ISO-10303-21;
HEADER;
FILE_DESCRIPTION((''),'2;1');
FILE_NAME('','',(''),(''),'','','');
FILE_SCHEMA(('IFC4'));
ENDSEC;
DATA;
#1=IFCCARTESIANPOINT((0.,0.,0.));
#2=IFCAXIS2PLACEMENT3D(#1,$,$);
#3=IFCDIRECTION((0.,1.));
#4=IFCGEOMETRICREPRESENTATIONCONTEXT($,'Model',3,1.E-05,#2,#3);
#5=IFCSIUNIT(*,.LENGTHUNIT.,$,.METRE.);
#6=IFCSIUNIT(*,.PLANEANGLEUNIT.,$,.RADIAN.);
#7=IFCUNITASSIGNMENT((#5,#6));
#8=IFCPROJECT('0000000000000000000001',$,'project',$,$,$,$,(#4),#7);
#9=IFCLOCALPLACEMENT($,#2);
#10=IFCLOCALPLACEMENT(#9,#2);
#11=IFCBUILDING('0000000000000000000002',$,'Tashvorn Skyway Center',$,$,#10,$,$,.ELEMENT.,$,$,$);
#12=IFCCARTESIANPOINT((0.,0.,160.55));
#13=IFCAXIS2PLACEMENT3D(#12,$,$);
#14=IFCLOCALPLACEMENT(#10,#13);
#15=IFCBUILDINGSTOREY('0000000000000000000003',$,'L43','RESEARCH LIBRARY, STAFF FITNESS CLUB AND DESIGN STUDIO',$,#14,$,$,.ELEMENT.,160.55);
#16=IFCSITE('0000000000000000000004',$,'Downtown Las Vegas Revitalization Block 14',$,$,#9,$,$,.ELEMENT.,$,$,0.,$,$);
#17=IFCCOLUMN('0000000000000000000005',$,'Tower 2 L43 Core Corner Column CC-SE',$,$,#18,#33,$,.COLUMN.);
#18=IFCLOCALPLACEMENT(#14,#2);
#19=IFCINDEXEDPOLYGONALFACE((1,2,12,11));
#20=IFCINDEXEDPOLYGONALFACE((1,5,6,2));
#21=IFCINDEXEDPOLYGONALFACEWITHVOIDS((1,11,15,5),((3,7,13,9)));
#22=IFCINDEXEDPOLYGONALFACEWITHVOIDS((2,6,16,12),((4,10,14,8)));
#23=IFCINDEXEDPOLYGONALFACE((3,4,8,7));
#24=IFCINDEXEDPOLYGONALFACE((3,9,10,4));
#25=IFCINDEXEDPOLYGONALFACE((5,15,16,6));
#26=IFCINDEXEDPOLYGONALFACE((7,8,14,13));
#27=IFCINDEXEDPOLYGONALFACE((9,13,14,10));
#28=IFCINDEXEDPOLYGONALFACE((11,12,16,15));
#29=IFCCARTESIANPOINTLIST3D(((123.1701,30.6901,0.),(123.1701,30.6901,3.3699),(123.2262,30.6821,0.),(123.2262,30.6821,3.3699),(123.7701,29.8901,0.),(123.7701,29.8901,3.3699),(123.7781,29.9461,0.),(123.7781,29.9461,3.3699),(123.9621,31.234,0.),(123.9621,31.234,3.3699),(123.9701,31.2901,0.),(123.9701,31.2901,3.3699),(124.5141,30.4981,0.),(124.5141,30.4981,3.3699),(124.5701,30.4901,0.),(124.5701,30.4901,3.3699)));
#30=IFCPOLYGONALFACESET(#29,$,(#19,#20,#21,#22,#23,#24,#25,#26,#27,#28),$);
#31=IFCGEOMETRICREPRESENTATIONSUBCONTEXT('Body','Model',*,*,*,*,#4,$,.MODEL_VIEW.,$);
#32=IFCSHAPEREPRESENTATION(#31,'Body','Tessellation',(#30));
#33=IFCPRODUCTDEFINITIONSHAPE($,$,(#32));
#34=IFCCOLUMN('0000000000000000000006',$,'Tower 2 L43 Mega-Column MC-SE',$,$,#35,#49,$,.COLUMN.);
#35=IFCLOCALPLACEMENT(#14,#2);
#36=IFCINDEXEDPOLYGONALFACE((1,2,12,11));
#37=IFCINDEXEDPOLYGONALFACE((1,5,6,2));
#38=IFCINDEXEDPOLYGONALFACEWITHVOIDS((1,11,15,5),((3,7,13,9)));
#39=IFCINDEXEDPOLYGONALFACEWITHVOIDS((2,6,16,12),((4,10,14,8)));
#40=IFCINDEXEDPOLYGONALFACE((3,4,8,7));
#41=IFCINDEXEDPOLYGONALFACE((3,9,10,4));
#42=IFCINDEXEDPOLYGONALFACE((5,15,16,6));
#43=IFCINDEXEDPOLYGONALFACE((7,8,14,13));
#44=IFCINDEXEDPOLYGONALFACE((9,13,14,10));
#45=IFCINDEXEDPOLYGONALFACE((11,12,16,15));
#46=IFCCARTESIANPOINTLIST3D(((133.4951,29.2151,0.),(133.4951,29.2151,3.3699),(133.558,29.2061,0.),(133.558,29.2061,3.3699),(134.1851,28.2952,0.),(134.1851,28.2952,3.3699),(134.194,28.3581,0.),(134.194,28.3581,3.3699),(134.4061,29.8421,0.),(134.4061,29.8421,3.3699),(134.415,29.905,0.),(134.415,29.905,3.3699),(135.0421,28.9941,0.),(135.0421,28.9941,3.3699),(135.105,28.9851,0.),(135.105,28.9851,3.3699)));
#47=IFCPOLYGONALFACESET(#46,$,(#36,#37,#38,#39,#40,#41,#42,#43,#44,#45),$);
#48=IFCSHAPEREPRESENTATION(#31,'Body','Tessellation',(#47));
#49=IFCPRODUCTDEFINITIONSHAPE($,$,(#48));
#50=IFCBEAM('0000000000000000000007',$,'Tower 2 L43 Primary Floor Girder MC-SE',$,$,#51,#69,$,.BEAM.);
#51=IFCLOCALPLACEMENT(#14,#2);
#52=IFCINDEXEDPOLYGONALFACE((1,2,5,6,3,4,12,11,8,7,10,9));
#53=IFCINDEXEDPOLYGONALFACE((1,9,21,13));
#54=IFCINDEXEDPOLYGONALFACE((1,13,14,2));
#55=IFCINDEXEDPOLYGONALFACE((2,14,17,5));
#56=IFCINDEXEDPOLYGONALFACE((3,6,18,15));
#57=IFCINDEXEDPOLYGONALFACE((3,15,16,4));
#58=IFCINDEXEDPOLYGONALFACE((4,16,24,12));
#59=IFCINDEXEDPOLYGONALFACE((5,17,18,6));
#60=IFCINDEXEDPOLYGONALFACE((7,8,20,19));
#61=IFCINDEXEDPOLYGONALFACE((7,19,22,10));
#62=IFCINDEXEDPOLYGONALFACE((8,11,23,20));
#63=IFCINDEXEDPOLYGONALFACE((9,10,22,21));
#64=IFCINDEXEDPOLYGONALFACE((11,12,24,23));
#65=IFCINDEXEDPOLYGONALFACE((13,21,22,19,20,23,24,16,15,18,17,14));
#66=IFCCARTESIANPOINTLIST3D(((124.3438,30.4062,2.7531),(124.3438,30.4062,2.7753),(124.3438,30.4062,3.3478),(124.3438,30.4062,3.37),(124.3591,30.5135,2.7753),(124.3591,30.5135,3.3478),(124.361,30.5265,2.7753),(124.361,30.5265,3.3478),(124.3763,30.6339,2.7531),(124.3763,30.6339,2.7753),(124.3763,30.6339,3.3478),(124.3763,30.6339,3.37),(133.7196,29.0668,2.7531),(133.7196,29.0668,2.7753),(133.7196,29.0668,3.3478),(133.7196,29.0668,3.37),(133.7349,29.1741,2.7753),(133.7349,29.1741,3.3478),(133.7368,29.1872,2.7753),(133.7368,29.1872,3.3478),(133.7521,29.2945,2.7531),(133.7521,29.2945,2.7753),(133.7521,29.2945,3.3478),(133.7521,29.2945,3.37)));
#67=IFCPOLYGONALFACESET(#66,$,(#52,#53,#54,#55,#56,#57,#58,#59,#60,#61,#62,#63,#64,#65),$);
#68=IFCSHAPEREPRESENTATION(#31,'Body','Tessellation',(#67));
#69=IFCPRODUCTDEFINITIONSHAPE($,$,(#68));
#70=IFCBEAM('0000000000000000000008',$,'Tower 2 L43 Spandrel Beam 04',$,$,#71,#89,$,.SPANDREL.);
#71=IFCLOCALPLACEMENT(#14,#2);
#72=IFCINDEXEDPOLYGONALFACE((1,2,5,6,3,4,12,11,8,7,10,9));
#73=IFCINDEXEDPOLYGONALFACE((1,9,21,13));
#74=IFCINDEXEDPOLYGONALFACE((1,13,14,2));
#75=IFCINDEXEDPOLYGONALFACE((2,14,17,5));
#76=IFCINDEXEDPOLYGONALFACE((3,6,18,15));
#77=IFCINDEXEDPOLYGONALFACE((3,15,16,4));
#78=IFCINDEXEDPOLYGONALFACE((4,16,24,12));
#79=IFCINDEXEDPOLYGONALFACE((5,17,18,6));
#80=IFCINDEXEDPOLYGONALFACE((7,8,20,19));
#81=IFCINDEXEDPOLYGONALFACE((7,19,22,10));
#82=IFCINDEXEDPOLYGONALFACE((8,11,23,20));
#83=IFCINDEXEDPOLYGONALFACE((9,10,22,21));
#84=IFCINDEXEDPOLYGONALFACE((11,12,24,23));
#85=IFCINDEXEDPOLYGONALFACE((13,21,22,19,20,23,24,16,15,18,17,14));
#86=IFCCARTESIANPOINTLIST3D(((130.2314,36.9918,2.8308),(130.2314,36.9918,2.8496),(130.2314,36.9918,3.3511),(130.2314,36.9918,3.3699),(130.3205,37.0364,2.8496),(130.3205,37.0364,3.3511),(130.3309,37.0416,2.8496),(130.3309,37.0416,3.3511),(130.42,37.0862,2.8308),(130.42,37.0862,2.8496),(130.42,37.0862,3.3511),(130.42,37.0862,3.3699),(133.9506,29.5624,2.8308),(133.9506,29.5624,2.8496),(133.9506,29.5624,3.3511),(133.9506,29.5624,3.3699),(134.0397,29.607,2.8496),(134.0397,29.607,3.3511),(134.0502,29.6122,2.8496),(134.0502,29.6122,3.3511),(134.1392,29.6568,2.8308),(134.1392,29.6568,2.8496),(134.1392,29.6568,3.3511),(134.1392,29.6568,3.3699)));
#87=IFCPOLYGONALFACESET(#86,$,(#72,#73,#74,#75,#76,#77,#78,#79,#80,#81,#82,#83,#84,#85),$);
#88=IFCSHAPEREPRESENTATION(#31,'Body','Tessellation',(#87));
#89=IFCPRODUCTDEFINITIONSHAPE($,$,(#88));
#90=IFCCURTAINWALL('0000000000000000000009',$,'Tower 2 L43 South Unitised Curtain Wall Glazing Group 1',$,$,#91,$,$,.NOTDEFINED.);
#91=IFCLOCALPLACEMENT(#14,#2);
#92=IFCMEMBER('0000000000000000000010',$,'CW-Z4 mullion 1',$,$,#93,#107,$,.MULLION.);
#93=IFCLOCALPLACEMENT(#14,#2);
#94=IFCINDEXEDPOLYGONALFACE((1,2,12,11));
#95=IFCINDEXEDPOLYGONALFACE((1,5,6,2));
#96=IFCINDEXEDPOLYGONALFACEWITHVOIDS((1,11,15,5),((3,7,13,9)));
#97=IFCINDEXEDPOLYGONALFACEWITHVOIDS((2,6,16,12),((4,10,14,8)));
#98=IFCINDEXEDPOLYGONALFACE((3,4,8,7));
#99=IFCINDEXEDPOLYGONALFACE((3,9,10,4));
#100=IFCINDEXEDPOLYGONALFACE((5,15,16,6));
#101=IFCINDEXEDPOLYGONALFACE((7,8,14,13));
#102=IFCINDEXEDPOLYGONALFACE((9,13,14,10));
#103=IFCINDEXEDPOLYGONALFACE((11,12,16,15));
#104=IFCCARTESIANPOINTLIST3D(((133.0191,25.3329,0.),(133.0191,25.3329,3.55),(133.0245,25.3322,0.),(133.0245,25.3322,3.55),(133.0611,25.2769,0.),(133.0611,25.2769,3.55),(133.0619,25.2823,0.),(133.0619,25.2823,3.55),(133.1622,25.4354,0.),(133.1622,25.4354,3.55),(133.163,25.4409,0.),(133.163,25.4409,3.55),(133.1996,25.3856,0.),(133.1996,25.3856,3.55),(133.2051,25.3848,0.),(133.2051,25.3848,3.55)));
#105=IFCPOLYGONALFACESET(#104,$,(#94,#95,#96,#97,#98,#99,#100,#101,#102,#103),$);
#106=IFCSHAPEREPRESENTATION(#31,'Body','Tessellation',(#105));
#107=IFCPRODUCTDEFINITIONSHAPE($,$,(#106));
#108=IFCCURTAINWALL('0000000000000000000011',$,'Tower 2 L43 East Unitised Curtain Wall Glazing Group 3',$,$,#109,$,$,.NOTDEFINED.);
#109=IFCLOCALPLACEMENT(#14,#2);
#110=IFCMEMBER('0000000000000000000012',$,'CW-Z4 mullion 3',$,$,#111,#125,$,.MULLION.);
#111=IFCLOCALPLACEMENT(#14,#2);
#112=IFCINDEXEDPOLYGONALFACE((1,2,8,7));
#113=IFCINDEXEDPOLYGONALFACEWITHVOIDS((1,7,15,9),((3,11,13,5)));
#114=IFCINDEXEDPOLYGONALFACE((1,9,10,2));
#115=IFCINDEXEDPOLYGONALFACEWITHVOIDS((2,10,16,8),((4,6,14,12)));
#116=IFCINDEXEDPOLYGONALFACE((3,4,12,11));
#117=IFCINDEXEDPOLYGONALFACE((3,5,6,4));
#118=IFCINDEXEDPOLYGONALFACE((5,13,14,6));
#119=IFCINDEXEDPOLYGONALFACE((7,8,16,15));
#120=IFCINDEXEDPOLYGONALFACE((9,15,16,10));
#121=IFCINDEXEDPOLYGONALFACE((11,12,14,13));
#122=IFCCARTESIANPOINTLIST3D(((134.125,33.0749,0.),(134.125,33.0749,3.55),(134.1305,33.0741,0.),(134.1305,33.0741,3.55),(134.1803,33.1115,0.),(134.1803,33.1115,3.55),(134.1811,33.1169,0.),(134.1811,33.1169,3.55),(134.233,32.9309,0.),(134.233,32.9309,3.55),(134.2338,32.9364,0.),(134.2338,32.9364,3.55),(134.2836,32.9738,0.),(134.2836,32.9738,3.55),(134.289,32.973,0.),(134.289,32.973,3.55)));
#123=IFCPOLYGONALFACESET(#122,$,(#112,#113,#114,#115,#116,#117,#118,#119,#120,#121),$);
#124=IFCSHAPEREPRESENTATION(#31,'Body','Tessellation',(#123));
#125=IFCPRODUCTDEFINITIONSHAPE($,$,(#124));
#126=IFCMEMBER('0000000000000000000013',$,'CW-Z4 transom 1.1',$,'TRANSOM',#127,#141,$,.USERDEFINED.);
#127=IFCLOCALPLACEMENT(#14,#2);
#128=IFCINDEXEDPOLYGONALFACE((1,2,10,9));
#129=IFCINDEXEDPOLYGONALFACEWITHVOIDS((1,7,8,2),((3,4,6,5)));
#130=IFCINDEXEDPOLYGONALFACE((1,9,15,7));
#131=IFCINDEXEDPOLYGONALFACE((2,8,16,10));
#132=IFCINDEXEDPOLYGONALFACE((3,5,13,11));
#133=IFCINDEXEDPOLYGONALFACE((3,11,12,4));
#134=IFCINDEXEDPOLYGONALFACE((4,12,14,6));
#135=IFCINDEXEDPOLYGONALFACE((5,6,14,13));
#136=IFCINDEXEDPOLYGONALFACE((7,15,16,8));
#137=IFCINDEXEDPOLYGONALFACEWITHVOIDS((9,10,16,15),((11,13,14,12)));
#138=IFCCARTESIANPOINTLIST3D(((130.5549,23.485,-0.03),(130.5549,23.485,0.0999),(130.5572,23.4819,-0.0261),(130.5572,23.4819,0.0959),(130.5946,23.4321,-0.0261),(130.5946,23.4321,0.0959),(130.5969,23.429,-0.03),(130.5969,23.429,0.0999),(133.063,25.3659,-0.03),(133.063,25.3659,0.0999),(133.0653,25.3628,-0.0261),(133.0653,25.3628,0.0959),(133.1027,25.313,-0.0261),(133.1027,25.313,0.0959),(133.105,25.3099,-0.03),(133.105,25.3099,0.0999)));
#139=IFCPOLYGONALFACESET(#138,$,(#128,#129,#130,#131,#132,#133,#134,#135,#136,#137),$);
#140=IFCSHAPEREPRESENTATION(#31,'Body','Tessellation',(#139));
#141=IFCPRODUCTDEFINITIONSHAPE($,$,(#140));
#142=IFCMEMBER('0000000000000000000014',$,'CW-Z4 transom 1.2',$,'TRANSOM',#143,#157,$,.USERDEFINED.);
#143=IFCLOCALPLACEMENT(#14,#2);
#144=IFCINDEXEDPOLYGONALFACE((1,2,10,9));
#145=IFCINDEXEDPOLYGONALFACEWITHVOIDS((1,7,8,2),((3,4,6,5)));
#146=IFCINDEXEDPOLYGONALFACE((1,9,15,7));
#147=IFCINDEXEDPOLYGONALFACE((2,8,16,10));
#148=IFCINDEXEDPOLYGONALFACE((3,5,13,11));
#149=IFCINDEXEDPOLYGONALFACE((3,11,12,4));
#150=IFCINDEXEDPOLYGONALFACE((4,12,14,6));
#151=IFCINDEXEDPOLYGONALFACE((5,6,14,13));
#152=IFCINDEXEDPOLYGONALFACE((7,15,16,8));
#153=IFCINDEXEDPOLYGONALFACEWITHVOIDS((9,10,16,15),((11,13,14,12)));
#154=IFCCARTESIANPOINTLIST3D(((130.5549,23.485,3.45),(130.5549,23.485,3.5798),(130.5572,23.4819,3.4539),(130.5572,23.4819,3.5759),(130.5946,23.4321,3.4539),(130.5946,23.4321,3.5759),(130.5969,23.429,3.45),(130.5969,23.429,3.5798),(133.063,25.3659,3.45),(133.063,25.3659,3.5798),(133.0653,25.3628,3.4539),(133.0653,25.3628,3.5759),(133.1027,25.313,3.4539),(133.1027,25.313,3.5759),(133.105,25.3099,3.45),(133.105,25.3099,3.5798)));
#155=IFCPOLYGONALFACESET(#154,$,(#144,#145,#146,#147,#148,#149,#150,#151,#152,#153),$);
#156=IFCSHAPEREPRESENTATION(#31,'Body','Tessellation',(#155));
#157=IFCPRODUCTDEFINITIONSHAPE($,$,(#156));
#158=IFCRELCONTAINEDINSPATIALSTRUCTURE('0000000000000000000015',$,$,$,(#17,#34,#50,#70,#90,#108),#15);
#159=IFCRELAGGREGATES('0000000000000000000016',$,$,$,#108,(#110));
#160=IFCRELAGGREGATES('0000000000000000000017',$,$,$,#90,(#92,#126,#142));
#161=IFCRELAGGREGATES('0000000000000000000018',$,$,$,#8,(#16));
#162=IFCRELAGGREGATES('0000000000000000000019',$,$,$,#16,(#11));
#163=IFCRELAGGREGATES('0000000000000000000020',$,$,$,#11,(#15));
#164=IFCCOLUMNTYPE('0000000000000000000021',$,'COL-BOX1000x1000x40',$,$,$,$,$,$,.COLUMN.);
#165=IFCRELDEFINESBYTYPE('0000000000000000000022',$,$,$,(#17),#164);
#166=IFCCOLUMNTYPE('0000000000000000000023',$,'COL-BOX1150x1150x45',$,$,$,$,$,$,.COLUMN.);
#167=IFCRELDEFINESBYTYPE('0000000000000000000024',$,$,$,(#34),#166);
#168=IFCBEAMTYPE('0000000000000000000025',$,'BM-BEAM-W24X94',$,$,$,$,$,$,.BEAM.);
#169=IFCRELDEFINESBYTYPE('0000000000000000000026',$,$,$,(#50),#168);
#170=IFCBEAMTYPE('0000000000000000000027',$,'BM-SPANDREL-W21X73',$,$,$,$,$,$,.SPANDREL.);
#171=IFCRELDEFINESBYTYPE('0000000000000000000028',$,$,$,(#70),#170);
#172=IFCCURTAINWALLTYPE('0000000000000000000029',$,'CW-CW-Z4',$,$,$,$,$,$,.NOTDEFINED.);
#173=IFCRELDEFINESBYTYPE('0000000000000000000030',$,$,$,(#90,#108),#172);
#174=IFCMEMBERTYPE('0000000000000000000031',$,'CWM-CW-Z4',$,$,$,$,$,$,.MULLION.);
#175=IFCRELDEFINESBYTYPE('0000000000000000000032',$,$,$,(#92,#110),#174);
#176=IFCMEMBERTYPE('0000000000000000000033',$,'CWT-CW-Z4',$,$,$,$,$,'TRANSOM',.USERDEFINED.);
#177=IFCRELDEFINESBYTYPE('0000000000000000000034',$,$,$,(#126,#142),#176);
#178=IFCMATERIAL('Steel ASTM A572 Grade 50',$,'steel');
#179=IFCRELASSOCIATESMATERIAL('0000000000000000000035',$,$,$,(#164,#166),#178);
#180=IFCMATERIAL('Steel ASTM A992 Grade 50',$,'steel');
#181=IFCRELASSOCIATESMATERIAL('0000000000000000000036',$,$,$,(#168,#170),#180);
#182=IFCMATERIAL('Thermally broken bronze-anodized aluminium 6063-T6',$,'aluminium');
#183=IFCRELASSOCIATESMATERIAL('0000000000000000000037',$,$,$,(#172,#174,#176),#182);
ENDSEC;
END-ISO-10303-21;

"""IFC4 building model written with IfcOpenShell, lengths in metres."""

from ifc_helpers import new_model, si_unit, direction, frame, origin, origin_2d, place, context, subcontext, project, spatial, hollow_rectangle, i_section, extrude, material, material_profile, profile_set, type_object, element, aggregate, save


model = new_model("IFC4")

# Units and contexts
model_context = context("Model", 3, precision=1e-05, world=origin(), true_north=direction((0.0, 1.0)))
body_context = subcontext(model_context, "Body", "Model", "MODEL_VIEW")
ifc_project = project(units=[si_unit("LENGTHUNIT", "METRE"), si_unit("PLANEANGLEUNIT", "RADIAN")], contexts=[model_context])

# Site, building, storey
site_placement = place(None, origin())
site = spatial("IfcSite", under=ifc_project, at=site_placement, Name="Downtown Las Vegas Revitalization Block 14", CompositionType="ELEMENT", RefElevation=0.0)
building_placement = place(site_placement, origin())
building = spatial("IfcBuilding", under=site, at=building_placement, Name="Tashvorn Skyway Center", CompositionType="ELEMENT")
storey_placement = place(building_placement, frame((0.0, 0.0, 160.55)))
storey = spatial("IfcBuildingStorey", under=building, at=storey_placement, Name="L43", Description="RESEARCH LIBRARY, STAFF FITNESS CLUB AND DESIGN STUDIO", CompositionType="ELEMENT", Elevation=160.55)

# Columns
ifc_material_1 = material(Name="Steel ASTM A572 Grade 50", Category="steel")
ifc_material_profile_1 = material_profile(ifc_material_1, hollow_rectangle(XDim=1.0, YDim=1.0, WallThickness=0.04, at=origin_2d()), Name="BOX1000x1000x40")
ifc_profile_set_1 = profile_set([ifc_material_profile_1], Name="Steel ASTM A572 Grade 50")
column_type_1 = type_object("IfcColumnType", Name="COL-BOX1000x1000x40", PredefinedType="COLUMN", material=ifc_profile_set_1)
column_1_placement = place(storey_placement, frame((123.8701, 30.5901, 0.0), z_axis=(0.0, 0.0, 1.0), x_axis=(0.8, 0.6, 0.0)))
element("IfcColumn", 1, at=column_1_placement, inside=storey, type_object=column_type_1, Name="Tower 2 L43 Core Corner Column CC-SE", PredefinedType="COLUMN", context=body_context, shape_type="SweptSolid", body=[
    extrude(hollow_rectangle(XDim=1.0, YDim=1.0, WallThickness=0.04, at=origin_2d()), origin(), (0.0, 0.0, 1.0), 3.3699),
])
ifc_material_profile_2 = material_profile(ifc_material_1, hollow_rectangle(XDim=1.1499, YDim=1.1499, WallThickness=0.0449, at=origin_2d()), Name="BOX1150x1150x45")
ifc_profile_set_2 = profile_set([ifc_material_profile_2], Name="Steel ASTM A572 Grade 50")
column_type_2 = type_object("IfcColumnType", Name="COL-BOX1150x1150x45", PredefinedType="COLUMN", material=ifc_profile_set_2)
column_2_placement = place(storey_placement, frame((134.3, 29.1001, 0.0), z_axis=(0.0, 0.0, 1.0), x_axis=(0.8, 0.6, 0.0)))
element("IfcColumn", 2, at=column_2_placement, inside=storey, type_object=column_type_2, Name="Tower 2 L43 Mega-Column MC-SE", PredefinedType="COLUMN", context=body_context, shape_type="SweptSolid", body=[
    extrude(hollow_rectangle(XDim=1.1499, YDim=1.1499, WallThickness=0.0449, at=origin_2d()), origin(), (0.0, 0.0, 1.0), 3.3699),
])

# Beams
ifc_material_2 = material(Name="Steel ASTM A992 Grade 50", Category="steel")
ifc_material_profile_3 = material_profile(ifc_material_2, i_section(OverallWidth=0.23, OverallDepth=0.6169, WebThickness=0.0132, FlangeThickness=0.0222, at=origin_2d()), Name="W24X94")
ifc_profile_set_3 = profile_set([ifc_material_profile_3], Name="Steel ASTM A992 Grade 50")
beam_type_1 = type_object("IfcBeamType", Name="BM-BEAM-W24X94", PredefinedType="BEAM", material=ifc_profile_set_3)
beam_1_placement = place(storey_placement, frame((133.7358, 29.1807, 3.0615), z_axis=(-0.98995, 0.141418, 0.0), x_axis=(-0.141418, -0.98995, 0.0)))
element("IfcBeam", 3, at=beam_1_placement, inside=storey, type_object=beam_type_1, Name="Tower 2 L43 Primary Floor Girder MC-SE", PredefinedType="BEAM", context=body_context, shape_type="SweptSolid", body=[
    extrude(i_section(OverallWidth=0.23, OverallDepth=0.6169, WebThickness=0.0132, FlangeThickness=0.0222, at=origin_2d()), origin(), (0.0, 0.0, 1.0), 9.4709),
])
ifc_material_profile_4 = material_profile(ifc_material_2, i_section(OverallWidth=0.2109, OverallDepth=0.5391, WebThickness=0.0117, FlangeThickness=0.0188, at=origin_2d()), Name="W21X73")
ifc_profile_set_4 = profile_set([ifc_material_profile_4], Name="Steel ASTM A992 Grade 50")
beam_type_2 = type_object("IfcBeamType", Name="BM-SPANDREL-W21X73", PredefinedType="SPANDREL", material=ifc_profile_set_4)
beam_2_placement = place(storey_placement, frame((134.0449, 29.6096, 3.1003), z_axis=(-0.447648, 0.89421, 0.0), x_axis=(-0.89421, -0.447648, 0.0)))
element("IfcBeam", 4, at=beam_2_placement, inside=storey, type_object=beam_type_2, Name="Tower 2 L43 Spandrel Beam 04", PredefinedType="SPANDREL", context=body_context, shape_type="SweptSolid", body=[
    extrude(i_section(OverallWidth=0.2109, OverallDepth=0.5391, WebThickness=0.0117, FlangeThickness=0.0188, at=origin_2d()), origin(), (0.0, 0.0, 1.0), 8.3083),
])

# Curtain walls, members
ifc_material_3 = material(Name="Thermally broken bronze-anodized aluminium 6063-T6", Category="aluminium")
curtain_wall_type = type_object("IfcCurtainWallType", Name="CW-CW-Z4", PredefinedType="NOTDEFINED", material=ifc_material_3)
curtain_wall_1_placement = place(storey_placement, origin())
curtain_wall_1 = element("IfcCurtainWall", 5, at=curtain_wall_1_placement, inside=storey, type_object=curtain_wall_type, Name="Tower 2 L43 South Unitised Curtain Wall Glazing Group 1", PredefinedType="NOTDEFINED")
ifc_material_profile_5 = material_profile(ifc_material_3, hollow_rectangle(XDim=0.0701, YDim=0.1799, WallThickness=0.0039, at=origin_2d()), Name="ALU-MULL-70x180")
ifc_profile_set_5 = profile_set([ifc_material_profile_5], Name="Thermally broken bronze-anodized aluminium 6063-T6")
member_type_1 = type_object("IfcMemberType", Name="CWM-CW-Z4", PredefinedType="MULLION", material=ifc_profile_set_5)
member_1_placement = place(storey_placement, frame((133.1121, 25.3589, 0.0), z_axis=(0.0, 0.0, 1.0), x_axis=(0.6, -0.8, 0.0)))
member_1 = element("IfcMember", 6, at=member_1_placement, type_object=member_type_1, Name="CW-Z4 mullion 1", PredefinedType="MULLION", context=body_context, shape_type="SweptSolid", body=[
    extrude(hollow_rectangle(XDim=0.0701, YDim=0.1799, WallThickness=0.0039, at=origin_2d()), origin(), (0.0, 0.0, 1.0), 3.55),
])
curtain_wall_2_placement = place(storey_placement, origin())
curtain_wall_2 = element("IfcCurtainWall", 7, at=curtain_wall_2_placement, inside=storey, type_object=curtain_wall_type, Name="Tower 2 L43 East Unitised Curtain Wall Glazing Group 3", PredefinedType="NOTDEFINED")
member_2_placement = place(storey_placement, frame((134.207, 33.0239, 0.0), z_axis=(0.0, 0.0, 1.0), x_axis=(0.8, 0.6, 0.0)))
member_2 = element("IfcMember", 8, at=member_2_placement, type_object=member_type_1, Name="CW-Z4 mullion 3", PredefinedType="MULLION", context=body_context, shape_type="SweptSolid", body=[
    extrude(hollow_rectangle(XDim=0.0701, YDim=0.1799, WallThickness=0.0039, at=origin_2d()), origin(), (0.0, 0.0, 1.0), 3.55),
])
aggregate(curtain_wall_2, [member_2])

# Members
ifc_material_profile_6 = material_profile(ifc_material_3, hollow_rectangle(XDim=0.0701, YDim=0.1299, WallThickness=0.0039, at=origin_2d()), Name="ALU-TRAN-70x130")
ifc_profile_set_6 = profile_set([ifc_material_profile_6], Name="Thermally broken bronze-anodized aluminium 6063-T6")
member_type_2 = type_object("IfcMemberType", Name="CWT-CW-Z4", ElementType="TRANSOM", PredefinedType="USERDEFINED", material=ifc_profile_set_6)
member_3_placement = place(storey_placement, frame((133.084, 25.3379, 0.0349), z_axis=(-0.800028, -0.599963, 0.0), x_axis=(0.599963, -0.800028, 0.0)))
member_3 = element("IfcMember", 9, at=member_3_placement, type_object=member_type_2, Name="CW-Z4 transom 1.1", ObjectType="TRANSOM", PredefinedType="USERDEFINED", context=body_context, shape_type="SweptSolid", body=[
    extrude(hollow_rectangle(XDim=0.0701, YDim=0.1299, WallThickness=0.0039, at=origin_2d()), origin(), (0.0, 0.0, 1.0), 3.135),
])
member_4_placement = place(storey_placement, frame((133.084, 25.3379, 3.5149), z_axis=(-0.800028, -0.599963, 0.0), x_axis=(0.599963, -0.800028, 0.0)))
member_4 = element("IfcMember", 10, at=member_4_placement, type_object=member_type_2, Name="CW-Z4 transom 1.2", ObjectType="TRANSOM", PredefinedType="USERDEFINED", context=body_context, shape_type="SweptSolid", body=[
    extrude(hollow_rectangle(XDim=0.0701, YDim=0.1299, WallThickness=0.0039, at=origin_2d()), origin(), (0.0, 0.0, 1.0), 3.135),
])
aggregate(curtain_wall_1, [member_1, member_3, member_4])

save(model, "model.ifc")
